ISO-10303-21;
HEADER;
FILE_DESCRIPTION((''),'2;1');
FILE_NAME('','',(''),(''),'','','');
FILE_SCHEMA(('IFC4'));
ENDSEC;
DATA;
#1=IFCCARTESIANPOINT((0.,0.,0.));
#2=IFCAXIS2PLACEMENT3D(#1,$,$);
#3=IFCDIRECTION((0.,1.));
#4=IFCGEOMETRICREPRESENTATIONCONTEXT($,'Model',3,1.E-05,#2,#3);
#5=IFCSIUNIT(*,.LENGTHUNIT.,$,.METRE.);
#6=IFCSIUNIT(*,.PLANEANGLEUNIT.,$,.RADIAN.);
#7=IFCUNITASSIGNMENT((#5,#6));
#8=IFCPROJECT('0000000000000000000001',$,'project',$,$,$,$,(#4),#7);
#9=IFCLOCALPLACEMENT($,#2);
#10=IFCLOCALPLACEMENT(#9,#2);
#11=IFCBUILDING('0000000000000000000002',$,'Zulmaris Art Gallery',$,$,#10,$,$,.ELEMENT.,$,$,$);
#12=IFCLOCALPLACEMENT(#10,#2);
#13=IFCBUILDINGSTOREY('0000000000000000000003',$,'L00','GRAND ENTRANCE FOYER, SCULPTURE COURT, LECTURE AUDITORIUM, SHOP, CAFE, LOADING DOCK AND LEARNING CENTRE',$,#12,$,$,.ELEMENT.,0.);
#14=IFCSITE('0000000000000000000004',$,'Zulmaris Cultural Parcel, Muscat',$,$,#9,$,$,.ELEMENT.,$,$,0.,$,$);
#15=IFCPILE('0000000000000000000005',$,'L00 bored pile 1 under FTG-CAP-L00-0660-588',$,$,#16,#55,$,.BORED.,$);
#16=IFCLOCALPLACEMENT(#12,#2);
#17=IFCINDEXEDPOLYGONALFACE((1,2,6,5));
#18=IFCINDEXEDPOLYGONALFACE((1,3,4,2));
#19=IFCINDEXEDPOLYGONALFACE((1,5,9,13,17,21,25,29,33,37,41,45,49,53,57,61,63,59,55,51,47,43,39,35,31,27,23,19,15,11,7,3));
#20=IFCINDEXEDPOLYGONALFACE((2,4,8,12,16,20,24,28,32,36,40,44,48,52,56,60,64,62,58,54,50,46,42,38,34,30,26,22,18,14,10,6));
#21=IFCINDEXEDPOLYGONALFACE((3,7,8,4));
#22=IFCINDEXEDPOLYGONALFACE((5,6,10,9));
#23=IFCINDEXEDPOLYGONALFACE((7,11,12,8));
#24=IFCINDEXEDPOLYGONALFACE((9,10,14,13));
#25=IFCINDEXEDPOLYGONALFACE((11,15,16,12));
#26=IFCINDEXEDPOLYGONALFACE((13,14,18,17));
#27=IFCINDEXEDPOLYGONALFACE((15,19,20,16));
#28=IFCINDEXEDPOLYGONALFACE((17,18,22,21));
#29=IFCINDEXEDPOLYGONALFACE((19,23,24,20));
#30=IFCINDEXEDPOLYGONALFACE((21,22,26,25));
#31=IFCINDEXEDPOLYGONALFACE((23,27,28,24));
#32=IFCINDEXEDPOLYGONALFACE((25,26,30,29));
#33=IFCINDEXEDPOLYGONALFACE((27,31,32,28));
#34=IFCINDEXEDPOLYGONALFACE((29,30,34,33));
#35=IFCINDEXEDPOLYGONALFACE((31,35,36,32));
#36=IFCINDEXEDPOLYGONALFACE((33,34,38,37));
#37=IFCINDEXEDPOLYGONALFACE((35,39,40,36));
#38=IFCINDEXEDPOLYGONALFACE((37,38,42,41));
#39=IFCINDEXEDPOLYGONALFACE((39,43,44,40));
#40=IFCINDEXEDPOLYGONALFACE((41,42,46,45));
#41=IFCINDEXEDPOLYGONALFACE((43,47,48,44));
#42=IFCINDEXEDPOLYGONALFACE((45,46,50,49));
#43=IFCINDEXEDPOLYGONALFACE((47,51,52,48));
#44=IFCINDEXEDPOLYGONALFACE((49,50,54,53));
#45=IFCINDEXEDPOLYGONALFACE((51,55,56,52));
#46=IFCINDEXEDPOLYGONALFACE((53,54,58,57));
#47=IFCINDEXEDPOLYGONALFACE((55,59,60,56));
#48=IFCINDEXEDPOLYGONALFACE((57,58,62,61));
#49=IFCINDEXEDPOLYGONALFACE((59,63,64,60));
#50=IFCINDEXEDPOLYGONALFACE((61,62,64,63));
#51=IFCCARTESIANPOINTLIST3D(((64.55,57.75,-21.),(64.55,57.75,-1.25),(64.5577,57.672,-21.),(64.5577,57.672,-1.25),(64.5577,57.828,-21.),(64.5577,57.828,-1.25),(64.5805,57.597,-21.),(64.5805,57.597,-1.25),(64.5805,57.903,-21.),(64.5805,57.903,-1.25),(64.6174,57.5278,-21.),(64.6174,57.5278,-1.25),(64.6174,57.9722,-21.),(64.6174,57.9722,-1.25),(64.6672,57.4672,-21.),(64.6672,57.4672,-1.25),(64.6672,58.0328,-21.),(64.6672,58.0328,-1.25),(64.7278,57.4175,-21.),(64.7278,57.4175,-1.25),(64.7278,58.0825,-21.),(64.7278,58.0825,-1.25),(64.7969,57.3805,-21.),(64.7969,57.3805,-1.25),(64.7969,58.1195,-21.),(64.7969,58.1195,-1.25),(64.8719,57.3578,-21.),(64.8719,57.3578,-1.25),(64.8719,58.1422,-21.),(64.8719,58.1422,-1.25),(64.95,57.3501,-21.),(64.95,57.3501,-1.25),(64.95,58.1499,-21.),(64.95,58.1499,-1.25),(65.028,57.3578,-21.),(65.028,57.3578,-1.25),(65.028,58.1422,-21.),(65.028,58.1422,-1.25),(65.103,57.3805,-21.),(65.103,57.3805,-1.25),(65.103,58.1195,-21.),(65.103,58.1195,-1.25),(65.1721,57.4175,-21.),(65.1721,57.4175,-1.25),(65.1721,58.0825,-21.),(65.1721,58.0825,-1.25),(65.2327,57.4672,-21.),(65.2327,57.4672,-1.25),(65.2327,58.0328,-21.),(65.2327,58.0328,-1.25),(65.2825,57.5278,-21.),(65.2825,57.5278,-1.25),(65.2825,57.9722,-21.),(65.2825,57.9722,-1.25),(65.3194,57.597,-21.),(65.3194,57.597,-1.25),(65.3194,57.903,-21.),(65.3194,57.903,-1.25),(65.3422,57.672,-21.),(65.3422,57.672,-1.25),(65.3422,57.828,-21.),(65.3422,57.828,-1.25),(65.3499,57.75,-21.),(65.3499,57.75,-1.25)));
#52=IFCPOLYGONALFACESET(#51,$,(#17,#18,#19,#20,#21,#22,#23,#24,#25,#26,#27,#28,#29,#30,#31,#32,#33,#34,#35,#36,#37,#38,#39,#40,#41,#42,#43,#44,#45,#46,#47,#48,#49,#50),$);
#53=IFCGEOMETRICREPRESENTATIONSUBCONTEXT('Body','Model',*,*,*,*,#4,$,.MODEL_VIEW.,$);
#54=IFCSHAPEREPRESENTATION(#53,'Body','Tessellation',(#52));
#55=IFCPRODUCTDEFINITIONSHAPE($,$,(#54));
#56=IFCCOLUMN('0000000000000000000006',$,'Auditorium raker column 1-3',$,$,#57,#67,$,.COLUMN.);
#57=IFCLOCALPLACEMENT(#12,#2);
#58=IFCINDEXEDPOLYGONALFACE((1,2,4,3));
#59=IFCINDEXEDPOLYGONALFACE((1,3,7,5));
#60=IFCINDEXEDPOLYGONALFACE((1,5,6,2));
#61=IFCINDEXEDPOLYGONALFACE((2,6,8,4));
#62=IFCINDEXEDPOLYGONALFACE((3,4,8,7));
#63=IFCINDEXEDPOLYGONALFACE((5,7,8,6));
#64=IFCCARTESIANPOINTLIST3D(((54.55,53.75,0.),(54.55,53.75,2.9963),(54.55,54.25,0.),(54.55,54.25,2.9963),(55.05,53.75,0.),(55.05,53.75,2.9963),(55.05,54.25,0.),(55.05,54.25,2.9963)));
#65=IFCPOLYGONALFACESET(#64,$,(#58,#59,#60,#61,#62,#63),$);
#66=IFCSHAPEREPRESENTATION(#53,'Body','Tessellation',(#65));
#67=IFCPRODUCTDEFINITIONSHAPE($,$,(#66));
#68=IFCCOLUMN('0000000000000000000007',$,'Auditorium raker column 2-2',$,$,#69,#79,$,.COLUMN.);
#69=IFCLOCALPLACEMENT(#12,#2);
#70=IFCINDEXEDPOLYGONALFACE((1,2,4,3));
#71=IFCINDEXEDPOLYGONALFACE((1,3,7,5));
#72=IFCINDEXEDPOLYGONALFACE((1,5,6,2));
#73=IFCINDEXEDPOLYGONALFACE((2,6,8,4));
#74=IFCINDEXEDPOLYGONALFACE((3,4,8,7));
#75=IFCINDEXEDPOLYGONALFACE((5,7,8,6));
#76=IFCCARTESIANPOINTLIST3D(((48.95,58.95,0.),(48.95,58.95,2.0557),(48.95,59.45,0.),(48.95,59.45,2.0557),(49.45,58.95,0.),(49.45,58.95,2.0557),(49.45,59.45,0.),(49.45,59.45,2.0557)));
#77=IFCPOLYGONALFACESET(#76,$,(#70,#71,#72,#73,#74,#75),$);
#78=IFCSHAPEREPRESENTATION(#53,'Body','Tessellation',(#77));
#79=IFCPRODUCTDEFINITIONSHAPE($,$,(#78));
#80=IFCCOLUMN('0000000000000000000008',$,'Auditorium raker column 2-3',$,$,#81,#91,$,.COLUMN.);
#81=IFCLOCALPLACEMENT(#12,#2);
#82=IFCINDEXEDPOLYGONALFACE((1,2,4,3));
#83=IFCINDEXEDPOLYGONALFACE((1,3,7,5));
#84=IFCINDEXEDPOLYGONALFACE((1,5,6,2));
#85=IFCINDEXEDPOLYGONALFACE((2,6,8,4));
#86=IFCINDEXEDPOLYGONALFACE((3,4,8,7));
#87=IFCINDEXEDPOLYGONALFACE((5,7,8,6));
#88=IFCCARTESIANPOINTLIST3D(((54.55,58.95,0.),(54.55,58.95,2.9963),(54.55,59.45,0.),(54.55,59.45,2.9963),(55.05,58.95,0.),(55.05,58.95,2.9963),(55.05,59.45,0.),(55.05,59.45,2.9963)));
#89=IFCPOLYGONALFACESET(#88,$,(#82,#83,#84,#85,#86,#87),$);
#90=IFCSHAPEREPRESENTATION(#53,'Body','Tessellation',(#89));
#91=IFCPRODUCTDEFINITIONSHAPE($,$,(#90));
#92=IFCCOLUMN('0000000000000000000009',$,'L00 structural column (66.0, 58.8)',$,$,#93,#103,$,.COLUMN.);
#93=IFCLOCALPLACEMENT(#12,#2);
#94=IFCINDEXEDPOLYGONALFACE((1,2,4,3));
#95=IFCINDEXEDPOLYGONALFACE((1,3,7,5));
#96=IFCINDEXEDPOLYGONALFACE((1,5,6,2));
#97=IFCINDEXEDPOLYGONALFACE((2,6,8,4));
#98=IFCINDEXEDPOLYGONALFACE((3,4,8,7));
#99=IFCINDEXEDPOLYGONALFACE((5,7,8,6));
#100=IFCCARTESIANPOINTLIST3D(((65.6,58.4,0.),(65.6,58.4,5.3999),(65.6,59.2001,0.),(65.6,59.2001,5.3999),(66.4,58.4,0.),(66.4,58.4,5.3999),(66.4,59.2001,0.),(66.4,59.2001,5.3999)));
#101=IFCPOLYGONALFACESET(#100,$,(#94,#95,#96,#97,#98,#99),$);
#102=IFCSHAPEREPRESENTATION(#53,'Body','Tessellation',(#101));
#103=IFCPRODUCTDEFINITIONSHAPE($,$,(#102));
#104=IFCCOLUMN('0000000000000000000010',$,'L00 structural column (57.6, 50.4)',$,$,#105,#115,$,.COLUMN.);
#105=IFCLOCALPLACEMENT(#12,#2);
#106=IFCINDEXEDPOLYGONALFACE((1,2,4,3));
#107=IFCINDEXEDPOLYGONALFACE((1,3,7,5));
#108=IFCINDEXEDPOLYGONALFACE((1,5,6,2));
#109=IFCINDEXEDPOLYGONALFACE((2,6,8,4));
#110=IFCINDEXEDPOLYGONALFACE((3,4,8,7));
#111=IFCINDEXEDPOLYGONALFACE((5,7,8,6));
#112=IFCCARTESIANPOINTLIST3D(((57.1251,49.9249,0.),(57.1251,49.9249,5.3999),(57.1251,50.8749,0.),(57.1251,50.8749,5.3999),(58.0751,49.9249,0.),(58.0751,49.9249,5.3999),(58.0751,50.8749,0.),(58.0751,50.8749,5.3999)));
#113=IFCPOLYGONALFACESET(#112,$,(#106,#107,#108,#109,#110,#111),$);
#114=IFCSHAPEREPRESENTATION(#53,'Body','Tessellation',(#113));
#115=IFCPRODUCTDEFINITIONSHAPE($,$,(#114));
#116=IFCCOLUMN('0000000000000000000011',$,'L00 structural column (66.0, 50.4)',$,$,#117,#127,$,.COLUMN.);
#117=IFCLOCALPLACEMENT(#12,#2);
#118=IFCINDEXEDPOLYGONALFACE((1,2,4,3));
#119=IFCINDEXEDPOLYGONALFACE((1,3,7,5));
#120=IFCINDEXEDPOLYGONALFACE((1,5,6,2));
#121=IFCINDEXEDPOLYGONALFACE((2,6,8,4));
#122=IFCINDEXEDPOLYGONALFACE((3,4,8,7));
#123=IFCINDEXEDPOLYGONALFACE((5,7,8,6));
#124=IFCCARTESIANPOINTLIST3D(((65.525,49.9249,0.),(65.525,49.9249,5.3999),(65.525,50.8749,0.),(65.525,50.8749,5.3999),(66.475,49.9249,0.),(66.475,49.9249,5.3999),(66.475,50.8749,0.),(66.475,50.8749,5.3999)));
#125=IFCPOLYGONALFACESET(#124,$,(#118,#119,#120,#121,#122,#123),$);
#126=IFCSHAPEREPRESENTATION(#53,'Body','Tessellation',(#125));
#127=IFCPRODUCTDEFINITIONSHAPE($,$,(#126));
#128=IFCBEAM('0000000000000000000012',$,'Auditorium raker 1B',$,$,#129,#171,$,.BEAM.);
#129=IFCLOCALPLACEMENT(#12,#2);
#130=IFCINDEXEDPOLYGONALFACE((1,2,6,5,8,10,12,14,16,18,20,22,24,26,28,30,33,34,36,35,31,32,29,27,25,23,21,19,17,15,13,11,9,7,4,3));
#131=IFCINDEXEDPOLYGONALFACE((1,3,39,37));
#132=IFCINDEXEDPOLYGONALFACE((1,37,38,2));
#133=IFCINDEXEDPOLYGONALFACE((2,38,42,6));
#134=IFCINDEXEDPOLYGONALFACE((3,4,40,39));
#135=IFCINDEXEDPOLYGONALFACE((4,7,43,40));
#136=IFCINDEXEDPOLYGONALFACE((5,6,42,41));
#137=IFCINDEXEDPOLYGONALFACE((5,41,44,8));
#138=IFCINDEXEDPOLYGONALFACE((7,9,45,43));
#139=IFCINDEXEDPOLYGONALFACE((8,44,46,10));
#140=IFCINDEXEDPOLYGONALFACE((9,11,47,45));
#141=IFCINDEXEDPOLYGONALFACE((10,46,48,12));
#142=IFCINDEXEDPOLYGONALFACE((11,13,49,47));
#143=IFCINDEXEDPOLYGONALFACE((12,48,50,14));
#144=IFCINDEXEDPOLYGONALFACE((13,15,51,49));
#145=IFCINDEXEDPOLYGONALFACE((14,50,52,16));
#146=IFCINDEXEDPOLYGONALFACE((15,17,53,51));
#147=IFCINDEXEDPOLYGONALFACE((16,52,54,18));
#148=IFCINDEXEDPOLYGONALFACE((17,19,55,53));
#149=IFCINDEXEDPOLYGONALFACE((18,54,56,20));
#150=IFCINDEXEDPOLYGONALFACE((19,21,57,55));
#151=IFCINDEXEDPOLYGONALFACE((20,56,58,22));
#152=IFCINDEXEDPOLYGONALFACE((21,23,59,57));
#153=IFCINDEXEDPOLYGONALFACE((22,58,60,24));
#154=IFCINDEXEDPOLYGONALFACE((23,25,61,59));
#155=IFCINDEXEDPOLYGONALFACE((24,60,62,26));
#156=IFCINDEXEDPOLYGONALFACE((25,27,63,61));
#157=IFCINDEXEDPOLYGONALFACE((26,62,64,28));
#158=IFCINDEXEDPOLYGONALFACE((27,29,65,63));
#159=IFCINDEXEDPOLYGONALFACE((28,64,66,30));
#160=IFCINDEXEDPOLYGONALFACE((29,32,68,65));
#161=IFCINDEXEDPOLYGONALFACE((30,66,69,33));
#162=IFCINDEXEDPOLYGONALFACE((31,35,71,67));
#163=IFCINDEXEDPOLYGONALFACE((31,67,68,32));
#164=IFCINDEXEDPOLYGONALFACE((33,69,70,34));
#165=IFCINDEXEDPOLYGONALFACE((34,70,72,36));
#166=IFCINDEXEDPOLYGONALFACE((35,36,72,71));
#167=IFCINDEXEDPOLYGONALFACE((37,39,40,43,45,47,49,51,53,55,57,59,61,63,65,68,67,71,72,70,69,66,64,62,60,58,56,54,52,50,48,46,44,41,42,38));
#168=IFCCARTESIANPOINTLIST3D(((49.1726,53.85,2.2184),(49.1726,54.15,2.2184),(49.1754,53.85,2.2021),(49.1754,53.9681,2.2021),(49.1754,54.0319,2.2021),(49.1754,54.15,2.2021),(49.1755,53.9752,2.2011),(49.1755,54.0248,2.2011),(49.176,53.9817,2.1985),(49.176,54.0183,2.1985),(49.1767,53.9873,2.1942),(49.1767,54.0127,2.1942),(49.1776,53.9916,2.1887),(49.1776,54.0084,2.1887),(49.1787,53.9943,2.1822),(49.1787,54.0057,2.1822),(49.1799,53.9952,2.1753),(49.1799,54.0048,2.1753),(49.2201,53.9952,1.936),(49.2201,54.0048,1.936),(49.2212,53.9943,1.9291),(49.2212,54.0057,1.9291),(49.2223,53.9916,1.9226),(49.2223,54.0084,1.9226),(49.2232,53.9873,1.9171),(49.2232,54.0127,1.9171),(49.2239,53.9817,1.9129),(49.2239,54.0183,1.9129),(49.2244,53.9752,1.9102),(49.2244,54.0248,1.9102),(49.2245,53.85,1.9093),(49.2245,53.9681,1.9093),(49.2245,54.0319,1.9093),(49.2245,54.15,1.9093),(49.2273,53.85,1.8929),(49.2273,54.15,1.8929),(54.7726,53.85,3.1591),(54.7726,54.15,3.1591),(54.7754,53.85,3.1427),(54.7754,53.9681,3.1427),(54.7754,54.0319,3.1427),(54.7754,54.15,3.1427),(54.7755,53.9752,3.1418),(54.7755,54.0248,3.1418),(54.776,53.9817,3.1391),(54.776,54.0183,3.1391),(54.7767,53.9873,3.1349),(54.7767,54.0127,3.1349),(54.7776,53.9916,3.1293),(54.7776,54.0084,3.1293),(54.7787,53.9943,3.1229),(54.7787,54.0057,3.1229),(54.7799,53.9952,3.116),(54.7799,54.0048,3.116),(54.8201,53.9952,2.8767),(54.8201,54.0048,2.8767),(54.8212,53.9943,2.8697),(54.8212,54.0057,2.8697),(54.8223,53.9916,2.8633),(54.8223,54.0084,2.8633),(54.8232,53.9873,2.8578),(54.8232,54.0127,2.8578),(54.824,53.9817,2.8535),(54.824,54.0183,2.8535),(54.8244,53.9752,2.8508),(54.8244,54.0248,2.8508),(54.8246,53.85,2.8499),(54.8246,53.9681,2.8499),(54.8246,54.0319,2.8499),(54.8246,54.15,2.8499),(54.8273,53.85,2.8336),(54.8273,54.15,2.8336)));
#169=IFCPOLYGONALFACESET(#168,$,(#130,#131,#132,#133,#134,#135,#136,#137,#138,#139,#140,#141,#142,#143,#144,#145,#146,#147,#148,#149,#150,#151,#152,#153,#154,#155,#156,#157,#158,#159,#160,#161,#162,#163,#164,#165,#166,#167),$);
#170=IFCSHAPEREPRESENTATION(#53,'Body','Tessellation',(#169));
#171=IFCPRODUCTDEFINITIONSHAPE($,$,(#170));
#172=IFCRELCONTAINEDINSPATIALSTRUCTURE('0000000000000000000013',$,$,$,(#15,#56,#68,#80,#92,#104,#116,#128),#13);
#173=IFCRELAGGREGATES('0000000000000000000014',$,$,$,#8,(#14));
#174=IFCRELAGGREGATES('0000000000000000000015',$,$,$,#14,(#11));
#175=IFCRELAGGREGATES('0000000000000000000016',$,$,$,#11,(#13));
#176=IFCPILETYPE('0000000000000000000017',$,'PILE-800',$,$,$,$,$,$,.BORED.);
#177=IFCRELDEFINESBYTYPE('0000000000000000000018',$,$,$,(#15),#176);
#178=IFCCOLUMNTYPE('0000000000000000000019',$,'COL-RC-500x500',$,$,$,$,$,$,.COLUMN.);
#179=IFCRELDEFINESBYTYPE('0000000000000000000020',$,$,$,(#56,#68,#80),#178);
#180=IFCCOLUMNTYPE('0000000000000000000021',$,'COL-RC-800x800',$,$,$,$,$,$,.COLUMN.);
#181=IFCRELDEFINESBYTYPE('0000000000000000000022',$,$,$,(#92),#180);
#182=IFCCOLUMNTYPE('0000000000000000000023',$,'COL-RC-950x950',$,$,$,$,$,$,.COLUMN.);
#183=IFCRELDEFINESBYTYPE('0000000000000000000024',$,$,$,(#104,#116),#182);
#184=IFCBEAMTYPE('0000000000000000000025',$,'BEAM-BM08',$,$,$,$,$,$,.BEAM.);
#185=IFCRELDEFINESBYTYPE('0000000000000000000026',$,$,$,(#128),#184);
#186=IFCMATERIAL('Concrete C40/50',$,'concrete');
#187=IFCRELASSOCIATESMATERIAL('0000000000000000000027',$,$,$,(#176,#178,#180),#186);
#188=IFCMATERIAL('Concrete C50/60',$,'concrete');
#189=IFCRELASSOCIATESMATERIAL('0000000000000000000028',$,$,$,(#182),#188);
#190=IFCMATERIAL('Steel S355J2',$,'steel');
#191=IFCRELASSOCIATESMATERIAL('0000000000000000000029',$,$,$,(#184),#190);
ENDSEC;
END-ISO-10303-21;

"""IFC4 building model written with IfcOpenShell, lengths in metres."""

from ifc_helpers import new_model, si_unit, direction, frame, origin, origin_2d, place, context, subcontext, project, spatial, rectangle, circle, i_section, extrude, material, material_profile, profile_set, type_object, element, save


model = new_model("IFC4")

# Units and contexts
model_context = context("Model", 3, precision=1e-05, world=origin(), true_north=direction((0.0, 1.0)))
body_context = subcontext(model_context, "Body", "Model", "MODEL_VIEW")
ifc_project = project(units=[si_unit("LENGTHUNIT", "METRE"), si_unit("PLANEANGLEUNIT", "RADIAN")], contexts=[model_context])

# Site, building, storey
site_placement = place(None, origin())
site = spatial("IfcSite", under=ifc_project, at=site_placement, Name="Zulmaris Cultural Parcel, Muscat", CompositionType="ELEMENT", RefElevation=0.0)
building_placement = place(site_placement, origin())
building = spatial("IfcBuilding", under=site, at=building_placement, Name="Zulmaris Art Gallery", CompositionType="ELEMENT")
storey_placement = place(building_placement, origin())
storey = spatial("IfcBuildingStorey", under=building, at=storey_placement, Name="L00", Description="GRAND ENTRANCE FOYER, SCULPTURE COURT, LECTURE AUDITORIUM, SHOP, CAFE, LOADING DOCK AND LEARNING CENTRE", CompositionType="ELEMENT", Elevation=0.0)

# Pile
ifc_material_1 = material(Name="Concrete C40/50", Category="concrete")
ifc_material_profile_1 = material_profile(ifc_material_1, circle(Radius=0.3999, at=origin_2d()), Name="PILE DIA 800")
ifc_profile_set_1 = profile_set([ifc_material_profile_1], Name="Concrete C40/50")
pile_type_1 = type_object("IfcPileType", Name="PILE-800", PredefinedType="BORED", material=ifc_profile_set_1)
pile_placement = place(storey_placement, frame((64.95, 57.75, -1.25), z_axis=(0.0, 0.0, -1.0), x_axis=(1.0, 0.0, 0.0)))
element("IfcPile", 1, at=pile_placement, inside=storey, type_object=pile_type_1, Name="L00 bored pile 1 under FTG-CAP-L00-0660-588", PredefinedType="BORED", context=body_context, shape_type="SweptSolid", body=[
    extrude(circle(Radius=0.3999, at=origin_2d()), origin(), (0.0, 0.0, 1.0), 19.75),
])

# Columns
ifc_material_profile_2 = material_profile(ifc_material_1, rectangle(XDim=0.5, YDim=0.5, at=origin_2d()), Name="RC 500x500")
ifc_profile_set_2 = profile_set([ifc_material_profile_2], Name="Concrete C40/50")
column_type_1 = type_object("IfcColumnType", Name="COL-RC-500x500", PredefinedType="COLUMN", material=ifc_profile_set_2)
column_1_placement = place(storey_placement, frame((54.8, 54.0, 0.0), z_axis=(0.0, 0.0, 1.0), x_axis=(1.0, 0.0, 0.0)))
element("IfcColumn", 2, at=column_1_placement, inside=storey, type_object=column_type_1, Name="Auditorium raker column 1-3", PredefinedType="COLUMN", context=body_context, shape_type="SweptSolid", body=[
    extrude(rectangle(XDim=0.5, YDim=0.5, at=origin_2d()), origin(), (0.0, 0.0, 1.0), 2.9963),
])
column_2_placement = place(storey_placement, frame((49.2, 59.2, 0.0), z_axis=(0.0, 0.0, 1.0), x_axis=(1.0, 0.0, 0.0)))
element("IfcColumn", 3, at=column_2_placement, inside=storey, type_object=column_type_1, Name="Auditorium raker column 2-2", PredefinedType="COLUMN", context=body_context, shape_type="SweptSolid", body=[
    extrude(rectangle(XDim=0.5, YDim=0.5, at=origin_2d()), origin(), (0.0, 0.0, 1.0), 2.0557),
])
column_3_placement = place(storey_placement, frame((54.8, 59.2, 0.0), z_axis=(0.0, 0.0, 1.0), x_axis=(1.0, 0.0, 0.0)))
element("IfcColumn", 4, at=column_3_placement, inside=storey, type_object=column_type_1, Name="Auditorium raker column 2-3", PredefinedType="COLUMN", context=body_context, shape_type="SweptSolid", body=[
    extrude(rectangle(XDim=0.5, YDim=0.5, at=origin_2d()), origin(), (0.0, 0.0, 1.0), 2.9963),
])
ifc_material_profile_3 = material_profile(ifc_material_1, rectangle(XDim=0.8, YDim=0.8, at=origin_2d()), Name="RC 800x800")
ifc_profile_set_3 = profile_set([ifc_material_profile_3], Name="Concrete C40/50")
column_type_2 = type_object("IfcColumnType", Name="COL-RC-800x800", PredefinedType="COLUMN", material=ifc_profile_set_3)
column_4_placement = place(storey_placement, frame((66.0, 58.8, 0.0), z_axis=(0.0, 0.0, 1.0), x_axis=(1.0, 0.0, 0.0)))
element("IfcColumn", 5, at=column_4_placement, inside=storey, type_object=column_type_2, Name="L00 structural column (66.0, 58.8)", PredefinedType="COLUMN", context=body_context, shape_type="SweptSolid", body=[
    extrude(rectangle(XDim=0.8, YDim=0.8, at=origin_2d()), origin(), (0.0, 0.0, 1.0), 5.3999),
])
ifc_material_2 = material(Name="Concrete C50/60", Category="concrete")
ifc_material_profile_4 = material_profile(ifc_material_2, rectangle(XDim=0.95, YDim=0.95, at=origin_2d()), Name="RC 950x950")
ifc_profile_set_4 = profile_set([ifc_material_profile_4], Name="Concrete C50/60")
column_type_3 = type_object("IfcColumnType", Name="COL-RC-950x950", PredefinedType="COLUMN", material=ifc_profile_set_4)
for number, where, z_axis, x_axis, name in (
    (6, (57.6001, 50.3999, 0.0), (0.0, 0.0, 1.0), (1.0, 0.0, 0.0), "L00 structural column (57.6, 50.4)"),
    (7, (66.0, 50.3999, 0.0), (0.0, 0.0, 1.0), (1.0, 0.0, 0.0), "L00 structural column (66.0, 50.4)"),
):
    element("IfcColumn", number, at=place(storey_placement, frame(where, z_axis=z_axis, x_axis=x_axis)), inside=storey, type_object=column_type_3, Name=name, PredefinedType="COLUMN", context=body_context, shape_type="SweptSolid", body=[
        extrude(rectangle(XDim=0.95, YDim=0.95, at=origin_2d()), origin(), (0.0, 0.0, 1.0), 5.3999),
    ])

# Beam
ifc_material_3 = material(Name="Steel S355J2", Category="steel")
ifc_material_profile_5 = material_profile(ifc_material_3, i_section(OverallWidth=0.3, OverallDepth=0.3301, WebThickness=0.0095, FlangeThickness=0.0166, FilletRadius=0.0271, at=origin_2d()), Name="HEA 340")
ifc_profile_set_5 = profile_set([ifc_material_profile_5], Name="Steel S355J2")
beam_type_1 = type_object("IfcBeamType", Name="BEAM-BM08", PredefinedType="BEAM", material=ifc_profile_set_5)
for number, where, z_axis, x_axis, name in (
    (8, (49.2, 54.0, 2.0557), (0.986184, 0.0, 0.165654), (0.0, 1.0, 0.0), "Auditorium raker 1B"),
):
    element("IfcBeam", number, at=place(storey_placement, frame(where, z_axis=z_axis, x_axis=x_axis)), inside=storey, type_object=beam_type_1, Name=name, PredefinedType="BEAM", context=body_context, shape_type="SweptSolid", body=[
        extrude(i_section(OverallWidth=0.3, OverallDepth=0.3301, WebThickness=0.0095, FlangeThickness=0.0166, FilletRadius=0.0271, at=origin_2d()), origin(), (0.0, 0.0, 1.0), 5.6785),
    ])

save(model, "model.ifc")
